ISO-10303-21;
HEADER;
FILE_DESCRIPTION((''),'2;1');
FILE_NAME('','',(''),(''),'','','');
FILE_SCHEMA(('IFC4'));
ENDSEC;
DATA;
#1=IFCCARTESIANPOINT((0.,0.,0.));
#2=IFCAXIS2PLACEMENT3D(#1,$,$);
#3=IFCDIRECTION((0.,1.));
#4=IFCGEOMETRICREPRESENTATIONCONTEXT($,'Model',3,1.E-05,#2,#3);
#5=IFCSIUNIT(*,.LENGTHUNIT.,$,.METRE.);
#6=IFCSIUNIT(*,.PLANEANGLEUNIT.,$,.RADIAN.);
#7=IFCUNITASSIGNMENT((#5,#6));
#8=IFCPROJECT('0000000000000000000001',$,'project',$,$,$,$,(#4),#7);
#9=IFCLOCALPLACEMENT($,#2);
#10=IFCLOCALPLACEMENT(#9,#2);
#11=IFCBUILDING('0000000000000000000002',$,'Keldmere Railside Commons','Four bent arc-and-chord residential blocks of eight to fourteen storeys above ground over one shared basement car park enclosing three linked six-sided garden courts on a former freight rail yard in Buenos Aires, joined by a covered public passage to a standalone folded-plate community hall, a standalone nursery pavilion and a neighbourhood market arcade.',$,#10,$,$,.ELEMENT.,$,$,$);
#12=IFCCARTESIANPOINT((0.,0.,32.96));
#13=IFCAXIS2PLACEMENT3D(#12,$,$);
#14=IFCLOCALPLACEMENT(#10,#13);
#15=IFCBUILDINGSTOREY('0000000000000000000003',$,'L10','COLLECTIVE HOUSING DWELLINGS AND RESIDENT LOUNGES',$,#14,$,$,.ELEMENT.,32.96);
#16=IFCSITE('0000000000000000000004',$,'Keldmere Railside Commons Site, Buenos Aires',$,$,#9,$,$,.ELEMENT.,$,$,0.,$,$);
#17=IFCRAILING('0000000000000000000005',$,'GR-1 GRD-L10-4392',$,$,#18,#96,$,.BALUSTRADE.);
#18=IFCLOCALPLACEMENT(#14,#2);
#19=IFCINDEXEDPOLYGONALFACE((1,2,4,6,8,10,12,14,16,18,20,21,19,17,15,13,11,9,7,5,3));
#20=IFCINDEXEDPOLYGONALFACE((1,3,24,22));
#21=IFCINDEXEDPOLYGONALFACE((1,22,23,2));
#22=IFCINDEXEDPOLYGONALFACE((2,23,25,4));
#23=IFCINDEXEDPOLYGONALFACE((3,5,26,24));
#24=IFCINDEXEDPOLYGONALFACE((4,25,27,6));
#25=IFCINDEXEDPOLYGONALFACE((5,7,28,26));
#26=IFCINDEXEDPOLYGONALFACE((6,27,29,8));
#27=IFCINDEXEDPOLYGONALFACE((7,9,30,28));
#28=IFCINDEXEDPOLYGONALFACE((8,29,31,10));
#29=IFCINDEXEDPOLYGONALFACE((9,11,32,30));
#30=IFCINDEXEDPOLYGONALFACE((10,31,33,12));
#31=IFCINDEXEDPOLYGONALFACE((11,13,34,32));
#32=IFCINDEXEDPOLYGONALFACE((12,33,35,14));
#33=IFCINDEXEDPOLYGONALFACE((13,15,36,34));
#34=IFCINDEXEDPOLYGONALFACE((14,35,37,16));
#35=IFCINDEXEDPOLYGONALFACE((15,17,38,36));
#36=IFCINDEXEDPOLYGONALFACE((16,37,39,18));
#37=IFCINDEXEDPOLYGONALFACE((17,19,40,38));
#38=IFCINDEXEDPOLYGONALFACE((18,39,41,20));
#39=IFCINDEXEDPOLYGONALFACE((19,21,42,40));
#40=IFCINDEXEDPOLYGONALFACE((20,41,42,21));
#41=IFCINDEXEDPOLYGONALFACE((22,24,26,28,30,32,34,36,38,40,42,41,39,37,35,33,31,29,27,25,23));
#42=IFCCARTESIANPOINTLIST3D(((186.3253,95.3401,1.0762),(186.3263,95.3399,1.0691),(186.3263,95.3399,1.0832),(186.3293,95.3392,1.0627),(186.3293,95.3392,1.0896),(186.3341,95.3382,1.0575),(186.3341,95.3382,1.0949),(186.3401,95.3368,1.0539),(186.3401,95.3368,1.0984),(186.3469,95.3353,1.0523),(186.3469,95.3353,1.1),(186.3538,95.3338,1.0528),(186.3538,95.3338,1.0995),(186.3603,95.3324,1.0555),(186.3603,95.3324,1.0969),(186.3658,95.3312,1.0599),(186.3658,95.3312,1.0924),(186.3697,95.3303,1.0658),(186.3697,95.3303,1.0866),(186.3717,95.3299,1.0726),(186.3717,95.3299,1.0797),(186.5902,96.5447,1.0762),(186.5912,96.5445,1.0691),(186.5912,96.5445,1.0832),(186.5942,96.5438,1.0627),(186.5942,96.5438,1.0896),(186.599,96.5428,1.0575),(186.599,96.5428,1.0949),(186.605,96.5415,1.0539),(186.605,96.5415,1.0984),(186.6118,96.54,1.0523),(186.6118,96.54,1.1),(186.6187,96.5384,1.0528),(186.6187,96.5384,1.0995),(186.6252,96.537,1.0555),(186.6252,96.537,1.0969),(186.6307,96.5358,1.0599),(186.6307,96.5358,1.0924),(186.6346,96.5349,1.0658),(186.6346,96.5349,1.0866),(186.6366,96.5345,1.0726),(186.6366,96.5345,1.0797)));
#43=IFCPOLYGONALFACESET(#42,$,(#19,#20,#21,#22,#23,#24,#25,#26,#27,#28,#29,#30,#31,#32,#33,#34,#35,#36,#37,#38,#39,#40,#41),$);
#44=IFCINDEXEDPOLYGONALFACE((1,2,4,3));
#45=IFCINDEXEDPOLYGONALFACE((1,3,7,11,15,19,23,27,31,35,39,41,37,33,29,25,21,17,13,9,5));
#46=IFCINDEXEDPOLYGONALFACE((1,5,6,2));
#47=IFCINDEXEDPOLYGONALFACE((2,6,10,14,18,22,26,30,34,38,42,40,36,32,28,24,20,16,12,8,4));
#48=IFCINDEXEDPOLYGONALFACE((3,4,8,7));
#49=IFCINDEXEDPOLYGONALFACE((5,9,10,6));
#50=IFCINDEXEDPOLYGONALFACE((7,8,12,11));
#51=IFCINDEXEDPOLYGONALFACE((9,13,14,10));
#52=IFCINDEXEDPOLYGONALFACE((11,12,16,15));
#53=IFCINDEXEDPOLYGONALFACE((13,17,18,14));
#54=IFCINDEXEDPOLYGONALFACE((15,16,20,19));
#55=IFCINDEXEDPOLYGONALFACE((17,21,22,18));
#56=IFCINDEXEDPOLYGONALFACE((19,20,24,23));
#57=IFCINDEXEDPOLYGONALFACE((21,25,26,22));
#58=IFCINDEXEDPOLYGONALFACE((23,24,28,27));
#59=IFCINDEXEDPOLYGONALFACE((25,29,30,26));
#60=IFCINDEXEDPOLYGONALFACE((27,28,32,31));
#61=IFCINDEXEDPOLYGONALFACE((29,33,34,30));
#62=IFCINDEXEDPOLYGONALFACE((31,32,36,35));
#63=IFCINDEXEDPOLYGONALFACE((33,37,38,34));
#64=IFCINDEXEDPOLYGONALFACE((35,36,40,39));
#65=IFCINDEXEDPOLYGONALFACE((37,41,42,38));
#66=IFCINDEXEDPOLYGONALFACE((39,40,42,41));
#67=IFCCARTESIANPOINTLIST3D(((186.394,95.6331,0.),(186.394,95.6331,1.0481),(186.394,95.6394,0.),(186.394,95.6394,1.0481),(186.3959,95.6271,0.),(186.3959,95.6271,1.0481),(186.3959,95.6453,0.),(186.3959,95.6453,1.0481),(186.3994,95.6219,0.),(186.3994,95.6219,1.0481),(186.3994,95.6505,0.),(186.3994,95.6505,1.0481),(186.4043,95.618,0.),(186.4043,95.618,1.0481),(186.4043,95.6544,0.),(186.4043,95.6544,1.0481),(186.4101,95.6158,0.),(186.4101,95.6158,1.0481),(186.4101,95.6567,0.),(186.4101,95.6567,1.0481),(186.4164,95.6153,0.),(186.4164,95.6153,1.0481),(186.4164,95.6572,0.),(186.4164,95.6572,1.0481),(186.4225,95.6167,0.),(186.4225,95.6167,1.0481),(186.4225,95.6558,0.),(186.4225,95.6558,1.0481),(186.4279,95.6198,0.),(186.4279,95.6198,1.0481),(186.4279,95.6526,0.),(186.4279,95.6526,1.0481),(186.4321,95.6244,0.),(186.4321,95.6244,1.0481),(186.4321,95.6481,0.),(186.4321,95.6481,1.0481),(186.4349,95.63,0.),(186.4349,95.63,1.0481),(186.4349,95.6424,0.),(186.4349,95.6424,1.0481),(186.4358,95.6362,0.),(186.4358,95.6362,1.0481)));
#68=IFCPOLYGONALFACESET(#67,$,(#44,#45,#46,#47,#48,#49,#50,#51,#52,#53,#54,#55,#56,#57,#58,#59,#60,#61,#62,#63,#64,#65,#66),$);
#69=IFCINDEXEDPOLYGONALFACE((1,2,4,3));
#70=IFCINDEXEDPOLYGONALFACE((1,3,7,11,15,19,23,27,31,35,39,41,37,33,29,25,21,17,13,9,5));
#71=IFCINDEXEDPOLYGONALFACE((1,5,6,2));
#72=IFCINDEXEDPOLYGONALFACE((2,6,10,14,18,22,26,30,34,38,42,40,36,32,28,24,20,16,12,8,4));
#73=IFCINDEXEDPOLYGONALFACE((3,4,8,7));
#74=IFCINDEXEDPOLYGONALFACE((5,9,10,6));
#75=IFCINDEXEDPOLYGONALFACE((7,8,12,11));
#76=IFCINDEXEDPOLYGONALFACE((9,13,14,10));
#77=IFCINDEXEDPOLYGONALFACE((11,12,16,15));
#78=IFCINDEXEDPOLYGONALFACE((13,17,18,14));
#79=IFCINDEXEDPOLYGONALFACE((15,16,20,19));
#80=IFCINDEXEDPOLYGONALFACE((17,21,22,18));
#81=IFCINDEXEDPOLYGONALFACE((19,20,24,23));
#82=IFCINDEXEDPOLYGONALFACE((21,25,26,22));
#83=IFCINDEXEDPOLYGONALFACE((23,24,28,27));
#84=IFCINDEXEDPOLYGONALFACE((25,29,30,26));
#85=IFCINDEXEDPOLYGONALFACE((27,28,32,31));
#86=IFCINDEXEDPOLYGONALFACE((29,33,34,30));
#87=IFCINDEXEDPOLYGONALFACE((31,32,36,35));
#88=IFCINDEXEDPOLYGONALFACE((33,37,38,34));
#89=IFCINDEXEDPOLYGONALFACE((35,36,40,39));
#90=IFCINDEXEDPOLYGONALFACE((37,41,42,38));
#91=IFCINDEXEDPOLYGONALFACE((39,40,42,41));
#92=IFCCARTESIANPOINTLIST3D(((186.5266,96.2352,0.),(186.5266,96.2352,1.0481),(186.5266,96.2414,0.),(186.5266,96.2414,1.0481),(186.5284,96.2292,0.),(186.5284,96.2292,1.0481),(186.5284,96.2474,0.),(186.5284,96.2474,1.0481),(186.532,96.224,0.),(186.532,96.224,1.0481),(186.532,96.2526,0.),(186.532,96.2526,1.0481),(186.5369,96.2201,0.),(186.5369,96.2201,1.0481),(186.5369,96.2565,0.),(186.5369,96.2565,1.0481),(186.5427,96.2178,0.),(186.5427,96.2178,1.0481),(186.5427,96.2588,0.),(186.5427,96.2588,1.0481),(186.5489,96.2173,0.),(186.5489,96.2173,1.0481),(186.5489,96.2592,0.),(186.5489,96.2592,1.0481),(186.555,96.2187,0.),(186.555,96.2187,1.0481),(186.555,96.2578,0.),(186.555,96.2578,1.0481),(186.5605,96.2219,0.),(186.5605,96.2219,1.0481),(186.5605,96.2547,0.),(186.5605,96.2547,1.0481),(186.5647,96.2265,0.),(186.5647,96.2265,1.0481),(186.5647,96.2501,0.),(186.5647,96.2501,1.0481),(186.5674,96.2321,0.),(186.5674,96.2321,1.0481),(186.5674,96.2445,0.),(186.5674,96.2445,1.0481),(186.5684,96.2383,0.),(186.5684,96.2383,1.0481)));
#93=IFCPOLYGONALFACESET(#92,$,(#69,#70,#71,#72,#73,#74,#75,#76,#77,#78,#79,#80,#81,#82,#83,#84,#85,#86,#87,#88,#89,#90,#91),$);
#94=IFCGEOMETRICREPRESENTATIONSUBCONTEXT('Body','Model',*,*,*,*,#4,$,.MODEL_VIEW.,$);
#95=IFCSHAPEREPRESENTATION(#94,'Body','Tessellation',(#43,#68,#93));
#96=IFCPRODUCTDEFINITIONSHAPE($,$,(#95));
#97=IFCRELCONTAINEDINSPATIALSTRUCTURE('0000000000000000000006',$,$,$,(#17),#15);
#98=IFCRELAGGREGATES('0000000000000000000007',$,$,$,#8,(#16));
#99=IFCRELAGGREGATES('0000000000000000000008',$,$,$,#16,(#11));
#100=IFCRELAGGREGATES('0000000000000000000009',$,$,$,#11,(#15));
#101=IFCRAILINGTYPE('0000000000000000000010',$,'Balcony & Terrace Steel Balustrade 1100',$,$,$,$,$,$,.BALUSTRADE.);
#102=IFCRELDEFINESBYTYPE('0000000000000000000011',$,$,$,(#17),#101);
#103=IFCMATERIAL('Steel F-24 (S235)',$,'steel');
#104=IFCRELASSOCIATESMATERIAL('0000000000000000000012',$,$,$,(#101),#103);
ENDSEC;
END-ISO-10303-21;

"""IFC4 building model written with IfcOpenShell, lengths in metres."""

from ifc_helpers import new_model, si_unit, direction, frame, origin, origin_2d, place, context, subcontext, project, spatial, circle, extrude, material, type_object, element, save


model = new_model("IFC4")

# Units and contexts
model_context = context("Model", 3, precision=1e-05, world=origin(), true_north=direction((0.0, 1.0)))
body_context = subcontext(model_context, "Body", "Model", "MODEL_VIEW")
ifc_project = project(units=[si_unit("LENGTHUNIT", "METRE"), si_unit("PLANEANGLEUNIT", "RADIAN")], contexts=[model_context])

# Site, building, storey
site_placement = place(None, origin())
site = spatial("IfcSite", under=ifc_project, at=site_placement, Name="Keldmere Railside Commons Site, Buenos Aires", CompositionType="ELEMENT", RefElevation=0.0)
building_placement = place(site_placement, origin())
building = spatial("IfcBuilding", under=site, at=building_placement, Name="Keldmere Railside Commons", Description="Four bent arc-and-chord residential blocks of eight to fourteen storeys above ground over one shared basement car park enclosing three linked six-sided garden courts on a former freight rail yard in Buenos Aires, joined by a covered public passage to a standalone folded-plate community hall, a standalone nursery pavilion and a neighbourhood market arcade.", CompositionType="ELEMENT")
storey_placement = place(building_placement, frame((0.0, 0.0, 32.96)))
storey = spatial("IfcBuildingStorey", under=building, at=storey_placement, Name="L10", Description="COLLECTIVE HOUSING DWELLINGS AND RESIDENT LOUNGES", CompositionType="ELEMENT", Elevation=32.96)

# Railing
ifc_material_1 = material(Name="Steel F-24 (S235)", Category="steel")
railing_type = type_object("IfcRailingType", Name="Balcony & Terrace Steel Balustrade 1100", PredefinedType="BALUSTRADE", material=ifc_material_1)
railing_1_placement = place(storey_placement, frame((186.3486, 95.335, 0.0)))
element("IfcRailing", 1, at=railing_1_placement, inside=storey, type_object=railing_type, Name="GR-1 GRD-L10-4392", PredefinedType="BALUSTRADE", context=body_context, shape_type="SweptSolid", body=[
    extrude(circle(Radius=0.0239, at=origin_2d()), frame((0.0, 0.0, 1.0762), z_axis=(0.214771, 0.976664, 0.0), x_axis=(-0.976664, 0.214771, 0.0)), (0.0, 0.0, 1.0), 1.2334),
    extrude(circle(Radius=0.021, at=origin_2d()), frame((0.0662, 0.3013, 0.0)), (0.0, 0.0, 1.0), 1.0481),
    extrude(circle(Radius=0.021, at=origin_2d()), frame((0.1987, 0.9033, 0.0)), (0.0, 0.0, 1.0), 1.0481),
])

save(model, "model.ifc")
